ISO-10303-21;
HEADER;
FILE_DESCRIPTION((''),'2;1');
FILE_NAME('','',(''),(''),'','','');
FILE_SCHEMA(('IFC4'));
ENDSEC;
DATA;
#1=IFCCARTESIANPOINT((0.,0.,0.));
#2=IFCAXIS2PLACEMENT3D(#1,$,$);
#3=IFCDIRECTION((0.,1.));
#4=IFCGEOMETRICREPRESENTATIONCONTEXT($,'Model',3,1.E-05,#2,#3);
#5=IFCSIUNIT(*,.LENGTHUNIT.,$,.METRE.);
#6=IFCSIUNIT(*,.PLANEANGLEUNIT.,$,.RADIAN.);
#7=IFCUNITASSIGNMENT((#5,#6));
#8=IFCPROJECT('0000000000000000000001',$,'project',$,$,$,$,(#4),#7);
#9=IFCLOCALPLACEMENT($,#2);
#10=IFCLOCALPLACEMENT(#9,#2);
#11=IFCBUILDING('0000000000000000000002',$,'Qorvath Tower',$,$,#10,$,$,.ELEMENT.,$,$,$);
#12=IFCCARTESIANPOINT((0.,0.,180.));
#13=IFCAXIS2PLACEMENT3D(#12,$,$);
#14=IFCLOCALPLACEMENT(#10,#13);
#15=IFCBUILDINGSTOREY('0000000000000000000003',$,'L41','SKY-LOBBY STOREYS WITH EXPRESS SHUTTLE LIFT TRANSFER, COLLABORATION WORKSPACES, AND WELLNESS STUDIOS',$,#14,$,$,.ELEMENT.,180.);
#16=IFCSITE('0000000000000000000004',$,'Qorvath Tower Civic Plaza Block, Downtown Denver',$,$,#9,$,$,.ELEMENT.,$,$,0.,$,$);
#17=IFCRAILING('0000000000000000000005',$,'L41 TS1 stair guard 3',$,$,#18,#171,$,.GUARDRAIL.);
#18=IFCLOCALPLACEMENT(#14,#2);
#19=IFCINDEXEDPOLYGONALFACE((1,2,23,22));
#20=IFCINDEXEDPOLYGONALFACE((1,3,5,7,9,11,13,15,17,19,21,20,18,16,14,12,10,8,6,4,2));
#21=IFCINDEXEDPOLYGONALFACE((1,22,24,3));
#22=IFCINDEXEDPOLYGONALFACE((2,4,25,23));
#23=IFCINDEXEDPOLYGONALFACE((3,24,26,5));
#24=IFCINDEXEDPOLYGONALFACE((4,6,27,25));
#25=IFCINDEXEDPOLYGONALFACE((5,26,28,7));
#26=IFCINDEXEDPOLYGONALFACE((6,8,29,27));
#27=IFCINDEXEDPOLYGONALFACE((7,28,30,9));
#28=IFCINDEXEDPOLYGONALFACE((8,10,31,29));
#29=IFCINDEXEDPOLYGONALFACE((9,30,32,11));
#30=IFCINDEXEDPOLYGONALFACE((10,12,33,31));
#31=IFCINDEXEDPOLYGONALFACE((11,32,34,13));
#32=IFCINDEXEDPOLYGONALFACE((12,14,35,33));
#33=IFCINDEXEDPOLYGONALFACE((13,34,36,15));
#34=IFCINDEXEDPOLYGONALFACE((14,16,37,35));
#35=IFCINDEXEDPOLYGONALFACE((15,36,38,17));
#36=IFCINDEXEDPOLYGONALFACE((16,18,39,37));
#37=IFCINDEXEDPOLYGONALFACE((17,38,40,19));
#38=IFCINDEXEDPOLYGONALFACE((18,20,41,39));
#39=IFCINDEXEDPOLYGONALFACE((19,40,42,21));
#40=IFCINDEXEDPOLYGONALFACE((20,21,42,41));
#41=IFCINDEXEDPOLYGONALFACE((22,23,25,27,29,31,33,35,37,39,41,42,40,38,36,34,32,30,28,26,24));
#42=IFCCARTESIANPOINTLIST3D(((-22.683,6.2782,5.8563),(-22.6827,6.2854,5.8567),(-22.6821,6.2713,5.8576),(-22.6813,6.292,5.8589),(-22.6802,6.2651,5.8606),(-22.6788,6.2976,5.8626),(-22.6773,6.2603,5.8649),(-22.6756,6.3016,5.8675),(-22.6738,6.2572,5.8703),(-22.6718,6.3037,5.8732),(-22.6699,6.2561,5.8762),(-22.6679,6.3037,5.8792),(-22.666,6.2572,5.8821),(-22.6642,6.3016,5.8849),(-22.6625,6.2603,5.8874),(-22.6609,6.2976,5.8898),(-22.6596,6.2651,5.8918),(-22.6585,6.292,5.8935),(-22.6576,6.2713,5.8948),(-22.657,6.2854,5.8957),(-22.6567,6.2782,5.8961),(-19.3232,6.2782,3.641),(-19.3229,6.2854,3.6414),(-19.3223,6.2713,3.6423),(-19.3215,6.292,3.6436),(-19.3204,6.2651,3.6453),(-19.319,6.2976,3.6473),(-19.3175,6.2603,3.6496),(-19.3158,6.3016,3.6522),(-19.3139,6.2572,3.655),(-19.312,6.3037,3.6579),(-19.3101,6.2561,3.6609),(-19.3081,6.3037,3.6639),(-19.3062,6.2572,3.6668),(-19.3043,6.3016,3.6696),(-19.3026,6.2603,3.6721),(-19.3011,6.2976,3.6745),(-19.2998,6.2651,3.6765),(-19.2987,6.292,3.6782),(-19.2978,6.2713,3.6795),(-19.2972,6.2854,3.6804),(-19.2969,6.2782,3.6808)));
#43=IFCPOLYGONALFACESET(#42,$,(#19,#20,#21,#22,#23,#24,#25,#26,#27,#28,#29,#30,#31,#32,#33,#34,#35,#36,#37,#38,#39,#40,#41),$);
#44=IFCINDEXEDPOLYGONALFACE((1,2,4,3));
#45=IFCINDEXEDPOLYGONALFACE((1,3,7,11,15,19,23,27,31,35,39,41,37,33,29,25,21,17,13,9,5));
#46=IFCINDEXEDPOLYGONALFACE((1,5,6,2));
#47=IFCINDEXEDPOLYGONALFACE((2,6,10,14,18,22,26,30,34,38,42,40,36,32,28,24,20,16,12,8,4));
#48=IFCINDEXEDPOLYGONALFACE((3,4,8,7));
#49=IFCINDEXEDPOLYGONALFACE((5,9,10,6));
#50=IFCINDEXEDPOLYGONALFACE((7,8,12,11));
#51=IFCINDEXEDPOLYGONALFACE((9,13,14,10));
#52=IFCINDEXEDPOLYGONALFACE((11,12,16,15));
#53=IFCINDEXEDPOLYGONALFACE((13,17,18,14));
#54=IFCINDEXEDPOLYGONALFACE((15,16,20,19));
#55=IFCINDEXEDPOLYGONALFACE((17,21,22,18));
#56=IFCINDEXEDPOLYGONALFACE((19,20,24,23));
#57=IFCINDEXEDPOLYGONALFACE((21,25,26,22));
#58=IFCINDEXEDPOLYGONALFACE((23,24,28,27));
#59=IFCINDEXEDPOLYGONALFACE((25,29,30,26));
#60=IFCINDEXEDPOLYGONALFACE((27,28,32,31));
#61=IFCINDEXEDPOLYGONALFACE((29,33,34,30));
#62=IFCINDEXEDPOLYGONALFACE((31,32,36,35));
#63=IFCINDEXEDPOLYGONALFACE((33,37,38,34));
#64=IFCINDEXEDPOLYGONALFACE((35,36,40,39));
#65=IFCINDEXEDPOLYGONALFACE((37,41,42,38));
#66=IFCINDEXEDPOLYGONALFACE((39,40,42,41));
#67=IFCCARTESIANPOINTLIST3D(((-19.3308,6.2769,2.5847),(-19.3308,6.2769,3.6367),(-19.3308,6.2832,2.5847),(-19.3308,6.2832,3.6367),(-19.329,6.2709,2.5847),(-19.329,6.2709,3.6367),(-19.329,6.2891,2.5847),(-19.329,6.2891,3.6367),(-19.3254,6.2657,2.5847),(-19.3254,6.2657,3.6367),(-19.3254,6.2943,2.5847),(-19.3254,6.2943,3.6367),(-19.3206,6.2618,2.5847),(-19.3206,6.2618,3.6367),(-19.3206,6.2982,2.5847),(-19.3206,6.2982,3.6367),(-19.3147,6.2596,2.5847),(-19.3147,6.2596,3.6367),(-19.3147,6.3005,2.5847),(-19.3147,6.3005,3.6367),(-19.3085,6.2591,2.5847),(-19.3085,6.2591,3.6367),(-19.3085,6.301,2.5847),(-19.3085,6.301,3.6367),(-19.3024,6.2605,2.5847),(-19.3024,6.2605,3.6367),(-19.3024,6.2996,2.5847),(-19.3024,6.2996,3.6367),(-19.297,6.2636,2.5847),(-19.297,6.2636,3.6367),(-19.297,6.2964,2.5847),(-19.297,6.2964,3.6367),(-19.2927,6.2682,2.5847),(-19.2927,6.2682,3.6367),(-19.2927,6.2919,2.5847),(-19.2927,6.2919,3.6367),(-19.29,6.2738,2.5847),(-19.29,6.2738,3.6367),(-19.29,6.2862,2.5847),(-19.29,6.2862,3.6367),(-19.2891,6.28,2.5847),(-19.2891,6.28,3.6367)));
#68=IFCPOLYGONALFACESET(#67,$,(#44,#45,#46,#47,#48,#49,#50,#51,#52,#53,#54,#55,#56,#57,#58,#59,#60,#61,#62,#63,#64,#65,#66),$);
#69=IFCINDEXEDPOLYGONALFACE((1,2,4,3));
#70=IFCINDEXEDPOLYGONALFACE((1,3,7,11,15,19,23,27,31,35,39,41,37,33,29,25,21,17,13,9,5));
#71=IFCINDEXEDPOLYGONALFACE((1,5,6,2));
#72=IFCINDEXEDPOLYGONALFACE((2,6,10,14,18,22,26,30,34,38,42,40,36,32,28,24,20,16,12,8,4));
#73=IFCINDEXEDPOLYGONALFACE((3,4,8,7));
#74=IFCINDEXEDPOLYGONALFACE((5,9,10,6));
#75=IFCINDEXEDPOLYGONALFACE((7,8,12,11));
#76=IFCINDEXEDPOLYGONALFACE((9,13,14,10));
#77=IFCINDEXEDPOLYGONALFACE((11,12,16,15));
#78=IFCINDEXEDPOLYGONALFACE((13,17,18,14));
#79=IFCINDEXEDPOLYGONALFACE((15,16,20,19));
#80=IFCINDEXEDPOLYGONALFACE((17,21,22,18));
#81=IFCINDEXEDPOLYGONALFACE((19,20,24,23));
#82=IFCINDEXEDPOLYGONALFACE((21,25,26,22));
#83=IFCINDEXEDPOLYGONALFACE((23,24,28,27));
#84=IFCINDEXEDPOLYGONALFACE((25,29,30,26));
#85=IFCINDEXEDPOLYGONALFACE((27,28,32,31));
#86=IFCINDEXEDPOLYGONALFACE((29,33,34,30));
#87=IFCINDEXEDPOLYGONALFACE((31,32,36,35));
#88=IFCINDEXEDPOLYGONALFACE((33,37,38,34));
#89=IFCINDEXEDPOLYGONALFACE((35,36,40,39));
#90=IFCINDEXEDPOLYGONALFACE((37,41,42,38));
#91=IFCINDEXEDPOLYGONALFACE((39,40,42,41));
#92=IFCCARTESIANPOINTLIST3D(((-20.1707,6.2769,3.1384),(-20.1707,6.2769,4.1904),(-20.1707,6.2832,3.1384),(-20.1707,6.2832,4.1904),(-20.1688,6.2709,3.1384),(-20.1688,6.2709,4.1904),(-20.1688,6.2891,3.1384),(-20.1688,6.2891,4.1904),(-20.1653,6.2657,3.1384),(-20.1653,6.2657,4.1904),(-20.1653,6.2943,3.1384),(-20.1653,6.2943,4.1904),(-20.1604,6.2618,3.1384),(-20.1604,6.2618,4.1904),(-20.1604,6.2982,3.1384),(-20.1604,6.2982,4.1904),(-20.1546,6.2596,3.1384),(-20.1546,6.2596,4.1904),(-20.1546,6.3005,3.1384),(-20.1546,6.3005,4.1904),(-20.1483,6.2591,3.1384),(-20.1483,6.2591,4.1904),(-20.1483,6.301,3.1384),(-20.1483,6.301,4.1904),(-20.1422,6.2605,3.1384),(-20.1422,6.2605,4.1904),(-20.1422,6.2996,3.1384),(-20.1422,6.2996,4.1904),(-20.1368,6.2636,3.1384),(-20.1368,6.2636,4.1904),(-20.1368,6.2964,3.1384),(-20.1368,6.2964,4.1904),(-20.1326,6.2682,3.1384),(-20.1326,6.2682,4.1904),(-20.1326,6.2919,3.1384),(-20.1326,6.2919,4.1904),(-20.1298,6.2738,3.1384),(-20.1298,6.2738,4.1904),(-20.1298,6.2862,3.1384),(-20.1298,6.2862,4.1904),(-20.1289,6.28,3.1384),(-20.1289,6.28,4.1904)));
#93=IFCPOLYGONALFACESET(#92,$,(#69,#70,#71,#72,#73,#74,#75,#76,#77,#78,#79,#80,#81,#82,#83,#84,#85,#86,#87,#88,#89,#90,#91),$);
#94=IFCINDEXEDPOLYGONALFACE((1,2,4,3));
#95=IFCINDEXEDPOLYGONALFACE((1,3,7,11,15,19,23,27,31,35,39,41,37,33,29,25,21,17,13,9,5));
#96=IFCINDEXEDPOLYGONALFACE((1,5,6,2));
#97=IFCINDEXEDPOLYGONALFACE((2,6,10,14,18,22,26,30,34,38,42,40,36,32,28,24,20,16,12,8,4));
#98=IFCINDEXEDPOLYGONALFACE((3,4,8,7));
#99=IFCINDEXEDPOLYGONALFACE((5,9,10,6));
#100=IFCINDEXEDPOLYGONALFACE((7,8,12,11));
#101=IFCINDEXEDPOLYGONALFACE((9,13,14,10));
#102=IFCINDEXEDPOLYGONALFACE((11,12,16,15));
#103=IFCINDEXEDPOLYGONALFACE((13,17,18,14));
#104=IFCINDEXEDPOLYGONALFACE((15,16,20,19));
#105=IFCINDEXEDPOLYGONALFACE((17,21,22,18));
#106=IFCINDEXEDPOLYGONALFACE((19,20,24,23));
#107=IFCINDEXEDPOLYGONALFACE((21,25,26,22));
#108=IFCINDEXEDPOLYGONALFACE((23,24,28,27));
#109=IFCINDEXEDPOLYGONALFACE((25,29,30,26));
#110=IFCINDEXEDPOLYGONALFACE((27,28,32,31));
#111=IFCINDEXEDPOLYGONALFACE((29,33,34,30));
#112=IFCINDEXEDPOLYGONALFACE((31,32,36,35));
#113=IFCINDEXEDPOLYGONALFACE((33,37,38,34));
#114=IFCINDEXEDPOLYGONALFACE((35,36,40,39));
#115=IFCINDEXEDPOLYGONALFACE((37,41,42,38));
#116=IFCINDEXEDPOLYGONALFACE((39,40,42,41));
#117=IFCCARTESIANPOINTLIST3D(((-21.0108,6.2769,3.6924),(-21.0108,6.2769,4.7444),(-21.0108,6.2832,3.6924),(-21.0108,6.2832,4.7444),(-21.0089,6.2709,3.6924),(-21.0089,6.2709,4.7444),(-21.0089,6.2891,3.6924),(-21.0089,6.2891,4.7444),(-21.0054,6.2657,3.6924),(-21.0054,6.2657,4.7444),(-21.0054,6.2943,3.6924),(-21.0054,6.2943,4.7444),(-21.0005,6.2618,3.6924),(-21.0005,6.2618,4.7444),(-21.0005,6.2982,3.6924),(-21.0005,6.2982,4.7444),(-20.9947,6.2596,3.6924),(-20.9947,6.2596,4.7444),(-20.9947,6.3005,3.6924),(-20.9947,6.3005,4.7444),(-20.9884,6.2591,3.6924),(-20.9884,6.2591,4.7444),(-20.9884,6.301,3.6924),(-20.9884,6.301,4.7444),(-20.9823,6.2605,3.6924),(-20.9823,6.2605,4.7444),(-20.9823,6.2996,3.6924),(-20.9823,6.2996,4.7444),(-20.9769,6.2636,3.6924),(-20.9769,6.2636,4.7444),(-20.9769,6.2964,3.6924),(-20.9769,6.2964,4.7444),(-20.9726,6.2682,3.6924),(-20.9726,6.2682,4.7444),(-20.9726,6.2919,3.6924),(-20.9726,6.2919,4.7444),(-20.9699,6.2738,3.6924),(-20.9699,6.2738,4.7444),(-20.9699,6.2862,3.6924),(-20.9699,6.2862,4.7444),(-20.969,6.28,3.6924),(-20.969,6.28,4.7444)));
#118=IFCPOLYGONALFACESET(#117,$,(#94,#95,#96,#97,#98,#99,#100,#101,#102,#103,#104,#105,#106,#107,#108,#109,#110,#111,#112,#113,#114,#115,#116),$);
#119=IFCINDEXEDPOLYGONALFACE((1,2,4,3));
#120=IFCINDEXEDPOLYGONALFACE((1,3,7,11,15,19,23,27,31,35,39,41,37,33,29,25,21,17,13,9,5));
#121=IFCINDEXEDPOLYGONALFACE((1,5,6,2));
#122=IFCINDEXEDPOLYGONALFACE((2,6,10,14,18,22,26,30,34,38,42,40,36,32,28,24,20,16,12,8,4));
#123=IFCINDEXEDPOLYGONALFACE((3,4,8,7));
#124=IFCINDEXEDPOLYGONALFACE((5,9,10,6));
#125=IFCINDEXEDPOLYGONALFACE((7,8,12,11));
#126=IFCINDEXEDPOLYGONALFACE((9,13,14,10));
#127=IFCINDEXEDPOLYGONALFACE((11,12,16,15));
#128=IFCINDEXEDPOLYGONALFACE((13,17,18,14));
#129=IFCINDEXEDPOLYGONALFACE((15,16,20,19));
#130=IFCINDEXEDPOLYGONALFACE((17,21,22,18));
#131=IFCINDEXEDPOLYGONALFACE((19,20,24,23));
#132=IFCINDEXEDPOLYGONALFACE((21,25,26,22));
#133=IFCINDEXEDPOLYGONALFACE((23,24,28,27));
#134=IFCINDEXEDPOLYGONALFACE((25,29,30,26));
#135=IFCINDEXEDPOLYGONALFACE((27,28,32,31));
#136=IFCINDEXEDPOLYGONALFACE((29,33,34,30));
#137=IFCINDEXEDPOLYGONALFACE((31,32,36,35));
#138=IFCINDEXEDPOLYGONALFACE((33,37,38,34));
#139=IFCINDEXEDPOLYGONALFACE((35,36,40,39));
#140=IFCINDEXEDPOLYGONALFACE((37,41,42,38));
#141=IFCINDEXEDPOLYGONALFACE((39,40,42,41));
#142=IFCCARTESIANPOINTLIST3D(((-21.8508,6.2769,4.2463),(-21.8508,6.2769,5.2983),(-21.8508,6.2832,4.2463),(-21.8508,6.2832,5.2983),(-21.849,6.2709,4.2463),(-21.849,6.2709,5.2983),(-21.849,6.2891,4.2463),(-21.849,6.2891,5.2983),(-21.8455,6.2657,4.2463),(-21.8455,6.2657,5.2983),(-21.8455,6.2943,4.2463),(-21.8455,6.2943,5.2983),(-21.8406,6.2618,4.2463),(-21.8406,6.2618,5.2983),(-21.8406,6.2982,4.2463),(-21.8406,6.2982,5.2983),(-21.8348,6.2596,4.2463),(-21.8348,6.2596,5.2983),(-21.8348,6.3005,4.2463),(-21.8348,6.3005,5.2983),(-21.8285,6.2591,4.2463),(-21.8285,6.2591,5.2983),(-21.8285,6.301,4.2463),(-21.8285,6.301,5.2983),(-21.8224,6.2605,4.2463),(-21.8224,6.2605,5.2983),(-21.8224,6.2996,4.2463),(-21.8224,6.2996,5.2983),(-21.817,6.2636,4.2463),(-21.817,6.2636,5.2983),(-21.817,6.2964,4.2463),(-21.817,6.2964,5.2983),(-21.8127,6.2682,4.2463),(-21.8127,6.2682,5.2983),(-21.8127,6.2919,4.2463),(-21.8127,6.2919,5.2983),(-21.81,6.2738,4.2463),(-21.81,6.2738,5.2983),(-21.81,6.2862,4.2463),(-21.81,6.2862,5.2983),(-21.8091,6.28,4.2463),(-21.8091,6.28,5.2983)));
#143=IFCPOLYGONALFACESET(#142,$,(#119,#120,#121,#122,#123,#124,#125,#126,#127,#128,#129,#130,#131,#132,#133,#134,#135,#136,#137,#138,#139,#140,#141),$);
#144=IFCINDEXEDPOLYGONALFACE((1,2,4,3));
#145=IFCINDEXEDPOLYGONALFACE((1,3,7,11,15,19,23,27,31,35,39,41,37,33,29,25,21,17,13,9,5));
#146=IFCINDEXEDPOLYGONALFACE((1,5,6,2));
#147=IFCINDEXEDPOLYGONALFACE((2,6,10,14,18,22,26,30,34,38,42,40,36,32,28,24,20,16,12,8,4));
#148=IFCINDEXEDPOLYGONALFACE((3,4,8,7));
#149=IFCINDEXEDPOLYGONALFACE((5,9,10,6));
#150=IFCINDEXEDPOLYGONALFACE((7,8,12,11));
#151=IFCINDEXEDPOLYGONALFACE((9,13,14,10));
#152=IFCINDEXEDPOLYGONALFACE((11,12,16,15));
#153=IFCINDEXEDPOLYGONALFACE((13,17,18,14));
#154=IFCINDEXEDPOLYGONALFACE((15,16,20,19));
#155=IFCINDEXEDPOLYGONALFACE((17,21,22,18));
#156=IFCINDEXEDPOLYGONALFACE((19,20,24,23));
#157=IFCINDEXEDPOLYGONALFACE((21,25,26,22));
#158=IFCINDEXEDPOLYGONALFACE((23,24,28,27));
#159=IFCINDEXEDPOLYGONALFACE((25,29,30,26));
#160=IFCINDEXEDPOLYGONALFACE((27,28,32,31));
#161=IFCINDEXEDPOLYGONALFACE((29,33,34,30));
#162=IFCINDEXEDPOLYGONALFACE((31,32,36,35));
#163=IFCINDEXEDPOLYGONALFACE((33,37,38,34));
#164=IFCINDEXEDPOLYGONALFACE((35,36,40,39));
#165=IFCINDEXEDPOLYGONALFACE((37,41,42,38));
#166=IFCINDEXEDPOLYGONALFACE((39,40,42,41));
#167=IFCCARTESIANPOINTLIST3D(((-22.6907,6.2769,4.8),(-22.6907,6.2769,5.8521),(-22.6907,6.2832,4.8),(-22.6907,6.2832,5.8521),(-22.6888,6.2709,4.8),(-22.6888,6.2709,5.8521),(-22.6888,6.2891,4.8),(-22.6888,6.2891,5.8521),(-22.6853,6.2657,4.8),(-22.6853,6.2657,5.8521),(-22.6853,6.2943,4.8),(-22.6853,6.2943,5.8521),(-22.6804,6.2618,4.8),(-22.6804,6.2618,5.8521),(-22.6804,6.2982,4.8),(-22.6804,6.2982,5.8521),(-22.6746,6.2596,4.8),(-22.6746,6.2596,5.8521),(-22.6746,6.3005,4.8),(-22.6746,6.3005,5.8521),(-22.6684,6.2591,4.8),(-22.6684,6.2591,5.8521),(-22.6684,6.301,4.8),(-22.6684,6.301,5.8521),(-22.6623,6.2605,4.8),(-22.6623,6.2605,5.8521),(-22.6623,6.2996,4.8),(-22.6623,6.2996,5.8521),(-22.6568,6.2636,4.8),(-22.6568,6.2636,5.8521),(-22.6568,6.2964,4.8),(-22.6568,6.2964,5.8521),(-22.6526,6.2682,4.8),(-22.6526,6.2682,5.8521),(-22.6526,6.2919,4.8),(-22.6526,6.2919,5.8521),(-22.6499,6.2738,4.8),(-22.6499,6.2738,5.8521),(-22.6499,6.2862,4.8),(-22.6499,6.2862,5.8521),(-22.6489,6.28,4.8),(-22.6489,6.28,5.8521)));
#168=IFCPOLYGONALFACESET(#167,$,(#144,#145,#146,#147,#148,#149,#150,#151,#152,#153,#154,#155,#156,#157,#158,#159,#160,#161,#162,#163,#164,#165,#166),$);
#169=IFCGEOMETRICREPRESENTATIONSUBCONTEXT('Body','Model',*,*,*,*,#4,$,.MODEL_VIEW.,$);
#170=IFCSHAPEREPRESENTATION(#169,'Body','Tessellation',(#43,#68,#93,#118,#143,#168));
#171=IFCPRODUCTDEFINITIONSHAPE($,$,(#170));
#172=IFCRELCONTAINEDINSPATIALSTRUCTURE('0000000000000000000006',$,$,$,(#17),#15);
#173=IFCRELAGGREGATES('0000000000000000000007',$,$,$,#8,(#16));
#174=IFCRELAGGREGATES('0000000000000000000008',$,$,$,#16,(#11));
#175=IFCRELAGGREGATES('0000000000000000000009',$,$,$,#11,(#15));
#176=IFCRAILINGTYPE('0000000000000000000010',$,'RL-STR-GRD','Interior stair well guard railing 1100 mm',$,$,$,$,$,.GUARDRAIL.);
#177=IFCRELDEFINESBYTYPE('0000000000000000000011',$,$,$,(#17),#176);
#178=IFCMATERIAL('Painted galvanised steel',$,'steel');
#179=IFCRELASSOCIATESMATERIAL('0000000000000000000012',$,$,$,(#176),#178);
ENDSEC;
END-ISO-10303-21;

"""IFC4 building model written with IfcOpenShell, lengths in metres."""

from ifc_helpers import new_model, si_unit, direction, frame, origin, origin_2d, place, context, subcontext, project, spatial, circle, extrude, material, type_object, element, save


model = new_model("IFC4")

# Units and contexts
model_context = context("Model", 3, precision=1e-05, world=origin(), true_north=direction((0.0, 1.0)))
body_context = subcontext(model_context, "Body", "Model", "MODEL_VIEW")
ifc_project = project(units=[si_unit("LENGTHUNIT", "METRE"), si_unit("PLANEANGLEUNIT", "RADIAN")], contexts=[model_context])

# Site, building, storey
site_placement = place(None, origin())
site = spatial("IfcSite", under=ifc_project, at=site_placement, Name="Qorvath Tower Civic Plaza Block, Downtown Denver", CompositionType="ELEMENT", RefElevation=0.0)
building_placement = place(site_placement, origin())
building = spatial("IfcBuilding", under=site, at=building_placement, Name="Qorvath Tower", CompositionType="ELEMENT")
storey_placement = place(building_placement, frame((0.0, 0.0, 180.0)))
storey = spatial("IfcBuildingStorey", under=building, at=storey_placement, Name="L41", Description="SKY-LOBBY STOREYS WITH EXPRESS SHUTTLE LIFT TRANSFER, COLLABORATION WORKSPACES, AND WELLNESS STUDIOS", CompositionType="ELEMENT", Elevation=180.0)

# Railing
ifc_material_1 = material(Name="Painted galvanised steel", Category="steel")
railing_type_1 = type_object("IfcRailingType", Name="RL-STR-GRD", Description="Interior stair well guard railing 1100 mm", PredefinedType="GUARDRAIL", material=ifc_material_1)
railing_1_placement = place(storey_placement, frame((-19.3101, 6.28, 2.5847)))
element("IfcRailing", 1, at=railing_1_placement, inside=storey, type_object=railing_type_1, Name="L41 TS1 stair guard 3", PredefinedType="GUARDRAIL", context=body_context, shape_type="SweptSolid", body=[
    extrude(circle(Radius=0.0239, at=origin_2d()), frame((0.0, 0.0, 1.0762), z_axis=(-0.834858, 0.0, 0.550465), x_axis=(0.0, -1.0, 0.0)), (0.0, 0.0, 1.0), 4.0244),
    extrude(circle(Radius=0.021, at=origin_2d()), origin(), (0.0, 0.0, 1.0), 1.052),
    extrude(circle(Radius=0.021, at=origin_2d()), frame((-0.8398, 0.0, 0.5537)), (0.0, 0.0, 1.0), 1.052),
    extrude(circle(Radius=0.021, at=origin_2d()), frame((-1.6799, 0.0, 1.1077)), (0.0, 0.0, 1.0), 1.052),
    extrude(circle(Radius=0.021, at=origin_2d()), frame((-2.52, 0.0, 1.6616)), (0.0, 0.0, 1.0), 1.052),
    extrude(circle(Radius=0.021, at=origin_2d()), frame((-3.3599, 0.0, 2.2153)), (0.0, 0.0, 1.0), 1.052),
])

save(model, "model.ifc")
